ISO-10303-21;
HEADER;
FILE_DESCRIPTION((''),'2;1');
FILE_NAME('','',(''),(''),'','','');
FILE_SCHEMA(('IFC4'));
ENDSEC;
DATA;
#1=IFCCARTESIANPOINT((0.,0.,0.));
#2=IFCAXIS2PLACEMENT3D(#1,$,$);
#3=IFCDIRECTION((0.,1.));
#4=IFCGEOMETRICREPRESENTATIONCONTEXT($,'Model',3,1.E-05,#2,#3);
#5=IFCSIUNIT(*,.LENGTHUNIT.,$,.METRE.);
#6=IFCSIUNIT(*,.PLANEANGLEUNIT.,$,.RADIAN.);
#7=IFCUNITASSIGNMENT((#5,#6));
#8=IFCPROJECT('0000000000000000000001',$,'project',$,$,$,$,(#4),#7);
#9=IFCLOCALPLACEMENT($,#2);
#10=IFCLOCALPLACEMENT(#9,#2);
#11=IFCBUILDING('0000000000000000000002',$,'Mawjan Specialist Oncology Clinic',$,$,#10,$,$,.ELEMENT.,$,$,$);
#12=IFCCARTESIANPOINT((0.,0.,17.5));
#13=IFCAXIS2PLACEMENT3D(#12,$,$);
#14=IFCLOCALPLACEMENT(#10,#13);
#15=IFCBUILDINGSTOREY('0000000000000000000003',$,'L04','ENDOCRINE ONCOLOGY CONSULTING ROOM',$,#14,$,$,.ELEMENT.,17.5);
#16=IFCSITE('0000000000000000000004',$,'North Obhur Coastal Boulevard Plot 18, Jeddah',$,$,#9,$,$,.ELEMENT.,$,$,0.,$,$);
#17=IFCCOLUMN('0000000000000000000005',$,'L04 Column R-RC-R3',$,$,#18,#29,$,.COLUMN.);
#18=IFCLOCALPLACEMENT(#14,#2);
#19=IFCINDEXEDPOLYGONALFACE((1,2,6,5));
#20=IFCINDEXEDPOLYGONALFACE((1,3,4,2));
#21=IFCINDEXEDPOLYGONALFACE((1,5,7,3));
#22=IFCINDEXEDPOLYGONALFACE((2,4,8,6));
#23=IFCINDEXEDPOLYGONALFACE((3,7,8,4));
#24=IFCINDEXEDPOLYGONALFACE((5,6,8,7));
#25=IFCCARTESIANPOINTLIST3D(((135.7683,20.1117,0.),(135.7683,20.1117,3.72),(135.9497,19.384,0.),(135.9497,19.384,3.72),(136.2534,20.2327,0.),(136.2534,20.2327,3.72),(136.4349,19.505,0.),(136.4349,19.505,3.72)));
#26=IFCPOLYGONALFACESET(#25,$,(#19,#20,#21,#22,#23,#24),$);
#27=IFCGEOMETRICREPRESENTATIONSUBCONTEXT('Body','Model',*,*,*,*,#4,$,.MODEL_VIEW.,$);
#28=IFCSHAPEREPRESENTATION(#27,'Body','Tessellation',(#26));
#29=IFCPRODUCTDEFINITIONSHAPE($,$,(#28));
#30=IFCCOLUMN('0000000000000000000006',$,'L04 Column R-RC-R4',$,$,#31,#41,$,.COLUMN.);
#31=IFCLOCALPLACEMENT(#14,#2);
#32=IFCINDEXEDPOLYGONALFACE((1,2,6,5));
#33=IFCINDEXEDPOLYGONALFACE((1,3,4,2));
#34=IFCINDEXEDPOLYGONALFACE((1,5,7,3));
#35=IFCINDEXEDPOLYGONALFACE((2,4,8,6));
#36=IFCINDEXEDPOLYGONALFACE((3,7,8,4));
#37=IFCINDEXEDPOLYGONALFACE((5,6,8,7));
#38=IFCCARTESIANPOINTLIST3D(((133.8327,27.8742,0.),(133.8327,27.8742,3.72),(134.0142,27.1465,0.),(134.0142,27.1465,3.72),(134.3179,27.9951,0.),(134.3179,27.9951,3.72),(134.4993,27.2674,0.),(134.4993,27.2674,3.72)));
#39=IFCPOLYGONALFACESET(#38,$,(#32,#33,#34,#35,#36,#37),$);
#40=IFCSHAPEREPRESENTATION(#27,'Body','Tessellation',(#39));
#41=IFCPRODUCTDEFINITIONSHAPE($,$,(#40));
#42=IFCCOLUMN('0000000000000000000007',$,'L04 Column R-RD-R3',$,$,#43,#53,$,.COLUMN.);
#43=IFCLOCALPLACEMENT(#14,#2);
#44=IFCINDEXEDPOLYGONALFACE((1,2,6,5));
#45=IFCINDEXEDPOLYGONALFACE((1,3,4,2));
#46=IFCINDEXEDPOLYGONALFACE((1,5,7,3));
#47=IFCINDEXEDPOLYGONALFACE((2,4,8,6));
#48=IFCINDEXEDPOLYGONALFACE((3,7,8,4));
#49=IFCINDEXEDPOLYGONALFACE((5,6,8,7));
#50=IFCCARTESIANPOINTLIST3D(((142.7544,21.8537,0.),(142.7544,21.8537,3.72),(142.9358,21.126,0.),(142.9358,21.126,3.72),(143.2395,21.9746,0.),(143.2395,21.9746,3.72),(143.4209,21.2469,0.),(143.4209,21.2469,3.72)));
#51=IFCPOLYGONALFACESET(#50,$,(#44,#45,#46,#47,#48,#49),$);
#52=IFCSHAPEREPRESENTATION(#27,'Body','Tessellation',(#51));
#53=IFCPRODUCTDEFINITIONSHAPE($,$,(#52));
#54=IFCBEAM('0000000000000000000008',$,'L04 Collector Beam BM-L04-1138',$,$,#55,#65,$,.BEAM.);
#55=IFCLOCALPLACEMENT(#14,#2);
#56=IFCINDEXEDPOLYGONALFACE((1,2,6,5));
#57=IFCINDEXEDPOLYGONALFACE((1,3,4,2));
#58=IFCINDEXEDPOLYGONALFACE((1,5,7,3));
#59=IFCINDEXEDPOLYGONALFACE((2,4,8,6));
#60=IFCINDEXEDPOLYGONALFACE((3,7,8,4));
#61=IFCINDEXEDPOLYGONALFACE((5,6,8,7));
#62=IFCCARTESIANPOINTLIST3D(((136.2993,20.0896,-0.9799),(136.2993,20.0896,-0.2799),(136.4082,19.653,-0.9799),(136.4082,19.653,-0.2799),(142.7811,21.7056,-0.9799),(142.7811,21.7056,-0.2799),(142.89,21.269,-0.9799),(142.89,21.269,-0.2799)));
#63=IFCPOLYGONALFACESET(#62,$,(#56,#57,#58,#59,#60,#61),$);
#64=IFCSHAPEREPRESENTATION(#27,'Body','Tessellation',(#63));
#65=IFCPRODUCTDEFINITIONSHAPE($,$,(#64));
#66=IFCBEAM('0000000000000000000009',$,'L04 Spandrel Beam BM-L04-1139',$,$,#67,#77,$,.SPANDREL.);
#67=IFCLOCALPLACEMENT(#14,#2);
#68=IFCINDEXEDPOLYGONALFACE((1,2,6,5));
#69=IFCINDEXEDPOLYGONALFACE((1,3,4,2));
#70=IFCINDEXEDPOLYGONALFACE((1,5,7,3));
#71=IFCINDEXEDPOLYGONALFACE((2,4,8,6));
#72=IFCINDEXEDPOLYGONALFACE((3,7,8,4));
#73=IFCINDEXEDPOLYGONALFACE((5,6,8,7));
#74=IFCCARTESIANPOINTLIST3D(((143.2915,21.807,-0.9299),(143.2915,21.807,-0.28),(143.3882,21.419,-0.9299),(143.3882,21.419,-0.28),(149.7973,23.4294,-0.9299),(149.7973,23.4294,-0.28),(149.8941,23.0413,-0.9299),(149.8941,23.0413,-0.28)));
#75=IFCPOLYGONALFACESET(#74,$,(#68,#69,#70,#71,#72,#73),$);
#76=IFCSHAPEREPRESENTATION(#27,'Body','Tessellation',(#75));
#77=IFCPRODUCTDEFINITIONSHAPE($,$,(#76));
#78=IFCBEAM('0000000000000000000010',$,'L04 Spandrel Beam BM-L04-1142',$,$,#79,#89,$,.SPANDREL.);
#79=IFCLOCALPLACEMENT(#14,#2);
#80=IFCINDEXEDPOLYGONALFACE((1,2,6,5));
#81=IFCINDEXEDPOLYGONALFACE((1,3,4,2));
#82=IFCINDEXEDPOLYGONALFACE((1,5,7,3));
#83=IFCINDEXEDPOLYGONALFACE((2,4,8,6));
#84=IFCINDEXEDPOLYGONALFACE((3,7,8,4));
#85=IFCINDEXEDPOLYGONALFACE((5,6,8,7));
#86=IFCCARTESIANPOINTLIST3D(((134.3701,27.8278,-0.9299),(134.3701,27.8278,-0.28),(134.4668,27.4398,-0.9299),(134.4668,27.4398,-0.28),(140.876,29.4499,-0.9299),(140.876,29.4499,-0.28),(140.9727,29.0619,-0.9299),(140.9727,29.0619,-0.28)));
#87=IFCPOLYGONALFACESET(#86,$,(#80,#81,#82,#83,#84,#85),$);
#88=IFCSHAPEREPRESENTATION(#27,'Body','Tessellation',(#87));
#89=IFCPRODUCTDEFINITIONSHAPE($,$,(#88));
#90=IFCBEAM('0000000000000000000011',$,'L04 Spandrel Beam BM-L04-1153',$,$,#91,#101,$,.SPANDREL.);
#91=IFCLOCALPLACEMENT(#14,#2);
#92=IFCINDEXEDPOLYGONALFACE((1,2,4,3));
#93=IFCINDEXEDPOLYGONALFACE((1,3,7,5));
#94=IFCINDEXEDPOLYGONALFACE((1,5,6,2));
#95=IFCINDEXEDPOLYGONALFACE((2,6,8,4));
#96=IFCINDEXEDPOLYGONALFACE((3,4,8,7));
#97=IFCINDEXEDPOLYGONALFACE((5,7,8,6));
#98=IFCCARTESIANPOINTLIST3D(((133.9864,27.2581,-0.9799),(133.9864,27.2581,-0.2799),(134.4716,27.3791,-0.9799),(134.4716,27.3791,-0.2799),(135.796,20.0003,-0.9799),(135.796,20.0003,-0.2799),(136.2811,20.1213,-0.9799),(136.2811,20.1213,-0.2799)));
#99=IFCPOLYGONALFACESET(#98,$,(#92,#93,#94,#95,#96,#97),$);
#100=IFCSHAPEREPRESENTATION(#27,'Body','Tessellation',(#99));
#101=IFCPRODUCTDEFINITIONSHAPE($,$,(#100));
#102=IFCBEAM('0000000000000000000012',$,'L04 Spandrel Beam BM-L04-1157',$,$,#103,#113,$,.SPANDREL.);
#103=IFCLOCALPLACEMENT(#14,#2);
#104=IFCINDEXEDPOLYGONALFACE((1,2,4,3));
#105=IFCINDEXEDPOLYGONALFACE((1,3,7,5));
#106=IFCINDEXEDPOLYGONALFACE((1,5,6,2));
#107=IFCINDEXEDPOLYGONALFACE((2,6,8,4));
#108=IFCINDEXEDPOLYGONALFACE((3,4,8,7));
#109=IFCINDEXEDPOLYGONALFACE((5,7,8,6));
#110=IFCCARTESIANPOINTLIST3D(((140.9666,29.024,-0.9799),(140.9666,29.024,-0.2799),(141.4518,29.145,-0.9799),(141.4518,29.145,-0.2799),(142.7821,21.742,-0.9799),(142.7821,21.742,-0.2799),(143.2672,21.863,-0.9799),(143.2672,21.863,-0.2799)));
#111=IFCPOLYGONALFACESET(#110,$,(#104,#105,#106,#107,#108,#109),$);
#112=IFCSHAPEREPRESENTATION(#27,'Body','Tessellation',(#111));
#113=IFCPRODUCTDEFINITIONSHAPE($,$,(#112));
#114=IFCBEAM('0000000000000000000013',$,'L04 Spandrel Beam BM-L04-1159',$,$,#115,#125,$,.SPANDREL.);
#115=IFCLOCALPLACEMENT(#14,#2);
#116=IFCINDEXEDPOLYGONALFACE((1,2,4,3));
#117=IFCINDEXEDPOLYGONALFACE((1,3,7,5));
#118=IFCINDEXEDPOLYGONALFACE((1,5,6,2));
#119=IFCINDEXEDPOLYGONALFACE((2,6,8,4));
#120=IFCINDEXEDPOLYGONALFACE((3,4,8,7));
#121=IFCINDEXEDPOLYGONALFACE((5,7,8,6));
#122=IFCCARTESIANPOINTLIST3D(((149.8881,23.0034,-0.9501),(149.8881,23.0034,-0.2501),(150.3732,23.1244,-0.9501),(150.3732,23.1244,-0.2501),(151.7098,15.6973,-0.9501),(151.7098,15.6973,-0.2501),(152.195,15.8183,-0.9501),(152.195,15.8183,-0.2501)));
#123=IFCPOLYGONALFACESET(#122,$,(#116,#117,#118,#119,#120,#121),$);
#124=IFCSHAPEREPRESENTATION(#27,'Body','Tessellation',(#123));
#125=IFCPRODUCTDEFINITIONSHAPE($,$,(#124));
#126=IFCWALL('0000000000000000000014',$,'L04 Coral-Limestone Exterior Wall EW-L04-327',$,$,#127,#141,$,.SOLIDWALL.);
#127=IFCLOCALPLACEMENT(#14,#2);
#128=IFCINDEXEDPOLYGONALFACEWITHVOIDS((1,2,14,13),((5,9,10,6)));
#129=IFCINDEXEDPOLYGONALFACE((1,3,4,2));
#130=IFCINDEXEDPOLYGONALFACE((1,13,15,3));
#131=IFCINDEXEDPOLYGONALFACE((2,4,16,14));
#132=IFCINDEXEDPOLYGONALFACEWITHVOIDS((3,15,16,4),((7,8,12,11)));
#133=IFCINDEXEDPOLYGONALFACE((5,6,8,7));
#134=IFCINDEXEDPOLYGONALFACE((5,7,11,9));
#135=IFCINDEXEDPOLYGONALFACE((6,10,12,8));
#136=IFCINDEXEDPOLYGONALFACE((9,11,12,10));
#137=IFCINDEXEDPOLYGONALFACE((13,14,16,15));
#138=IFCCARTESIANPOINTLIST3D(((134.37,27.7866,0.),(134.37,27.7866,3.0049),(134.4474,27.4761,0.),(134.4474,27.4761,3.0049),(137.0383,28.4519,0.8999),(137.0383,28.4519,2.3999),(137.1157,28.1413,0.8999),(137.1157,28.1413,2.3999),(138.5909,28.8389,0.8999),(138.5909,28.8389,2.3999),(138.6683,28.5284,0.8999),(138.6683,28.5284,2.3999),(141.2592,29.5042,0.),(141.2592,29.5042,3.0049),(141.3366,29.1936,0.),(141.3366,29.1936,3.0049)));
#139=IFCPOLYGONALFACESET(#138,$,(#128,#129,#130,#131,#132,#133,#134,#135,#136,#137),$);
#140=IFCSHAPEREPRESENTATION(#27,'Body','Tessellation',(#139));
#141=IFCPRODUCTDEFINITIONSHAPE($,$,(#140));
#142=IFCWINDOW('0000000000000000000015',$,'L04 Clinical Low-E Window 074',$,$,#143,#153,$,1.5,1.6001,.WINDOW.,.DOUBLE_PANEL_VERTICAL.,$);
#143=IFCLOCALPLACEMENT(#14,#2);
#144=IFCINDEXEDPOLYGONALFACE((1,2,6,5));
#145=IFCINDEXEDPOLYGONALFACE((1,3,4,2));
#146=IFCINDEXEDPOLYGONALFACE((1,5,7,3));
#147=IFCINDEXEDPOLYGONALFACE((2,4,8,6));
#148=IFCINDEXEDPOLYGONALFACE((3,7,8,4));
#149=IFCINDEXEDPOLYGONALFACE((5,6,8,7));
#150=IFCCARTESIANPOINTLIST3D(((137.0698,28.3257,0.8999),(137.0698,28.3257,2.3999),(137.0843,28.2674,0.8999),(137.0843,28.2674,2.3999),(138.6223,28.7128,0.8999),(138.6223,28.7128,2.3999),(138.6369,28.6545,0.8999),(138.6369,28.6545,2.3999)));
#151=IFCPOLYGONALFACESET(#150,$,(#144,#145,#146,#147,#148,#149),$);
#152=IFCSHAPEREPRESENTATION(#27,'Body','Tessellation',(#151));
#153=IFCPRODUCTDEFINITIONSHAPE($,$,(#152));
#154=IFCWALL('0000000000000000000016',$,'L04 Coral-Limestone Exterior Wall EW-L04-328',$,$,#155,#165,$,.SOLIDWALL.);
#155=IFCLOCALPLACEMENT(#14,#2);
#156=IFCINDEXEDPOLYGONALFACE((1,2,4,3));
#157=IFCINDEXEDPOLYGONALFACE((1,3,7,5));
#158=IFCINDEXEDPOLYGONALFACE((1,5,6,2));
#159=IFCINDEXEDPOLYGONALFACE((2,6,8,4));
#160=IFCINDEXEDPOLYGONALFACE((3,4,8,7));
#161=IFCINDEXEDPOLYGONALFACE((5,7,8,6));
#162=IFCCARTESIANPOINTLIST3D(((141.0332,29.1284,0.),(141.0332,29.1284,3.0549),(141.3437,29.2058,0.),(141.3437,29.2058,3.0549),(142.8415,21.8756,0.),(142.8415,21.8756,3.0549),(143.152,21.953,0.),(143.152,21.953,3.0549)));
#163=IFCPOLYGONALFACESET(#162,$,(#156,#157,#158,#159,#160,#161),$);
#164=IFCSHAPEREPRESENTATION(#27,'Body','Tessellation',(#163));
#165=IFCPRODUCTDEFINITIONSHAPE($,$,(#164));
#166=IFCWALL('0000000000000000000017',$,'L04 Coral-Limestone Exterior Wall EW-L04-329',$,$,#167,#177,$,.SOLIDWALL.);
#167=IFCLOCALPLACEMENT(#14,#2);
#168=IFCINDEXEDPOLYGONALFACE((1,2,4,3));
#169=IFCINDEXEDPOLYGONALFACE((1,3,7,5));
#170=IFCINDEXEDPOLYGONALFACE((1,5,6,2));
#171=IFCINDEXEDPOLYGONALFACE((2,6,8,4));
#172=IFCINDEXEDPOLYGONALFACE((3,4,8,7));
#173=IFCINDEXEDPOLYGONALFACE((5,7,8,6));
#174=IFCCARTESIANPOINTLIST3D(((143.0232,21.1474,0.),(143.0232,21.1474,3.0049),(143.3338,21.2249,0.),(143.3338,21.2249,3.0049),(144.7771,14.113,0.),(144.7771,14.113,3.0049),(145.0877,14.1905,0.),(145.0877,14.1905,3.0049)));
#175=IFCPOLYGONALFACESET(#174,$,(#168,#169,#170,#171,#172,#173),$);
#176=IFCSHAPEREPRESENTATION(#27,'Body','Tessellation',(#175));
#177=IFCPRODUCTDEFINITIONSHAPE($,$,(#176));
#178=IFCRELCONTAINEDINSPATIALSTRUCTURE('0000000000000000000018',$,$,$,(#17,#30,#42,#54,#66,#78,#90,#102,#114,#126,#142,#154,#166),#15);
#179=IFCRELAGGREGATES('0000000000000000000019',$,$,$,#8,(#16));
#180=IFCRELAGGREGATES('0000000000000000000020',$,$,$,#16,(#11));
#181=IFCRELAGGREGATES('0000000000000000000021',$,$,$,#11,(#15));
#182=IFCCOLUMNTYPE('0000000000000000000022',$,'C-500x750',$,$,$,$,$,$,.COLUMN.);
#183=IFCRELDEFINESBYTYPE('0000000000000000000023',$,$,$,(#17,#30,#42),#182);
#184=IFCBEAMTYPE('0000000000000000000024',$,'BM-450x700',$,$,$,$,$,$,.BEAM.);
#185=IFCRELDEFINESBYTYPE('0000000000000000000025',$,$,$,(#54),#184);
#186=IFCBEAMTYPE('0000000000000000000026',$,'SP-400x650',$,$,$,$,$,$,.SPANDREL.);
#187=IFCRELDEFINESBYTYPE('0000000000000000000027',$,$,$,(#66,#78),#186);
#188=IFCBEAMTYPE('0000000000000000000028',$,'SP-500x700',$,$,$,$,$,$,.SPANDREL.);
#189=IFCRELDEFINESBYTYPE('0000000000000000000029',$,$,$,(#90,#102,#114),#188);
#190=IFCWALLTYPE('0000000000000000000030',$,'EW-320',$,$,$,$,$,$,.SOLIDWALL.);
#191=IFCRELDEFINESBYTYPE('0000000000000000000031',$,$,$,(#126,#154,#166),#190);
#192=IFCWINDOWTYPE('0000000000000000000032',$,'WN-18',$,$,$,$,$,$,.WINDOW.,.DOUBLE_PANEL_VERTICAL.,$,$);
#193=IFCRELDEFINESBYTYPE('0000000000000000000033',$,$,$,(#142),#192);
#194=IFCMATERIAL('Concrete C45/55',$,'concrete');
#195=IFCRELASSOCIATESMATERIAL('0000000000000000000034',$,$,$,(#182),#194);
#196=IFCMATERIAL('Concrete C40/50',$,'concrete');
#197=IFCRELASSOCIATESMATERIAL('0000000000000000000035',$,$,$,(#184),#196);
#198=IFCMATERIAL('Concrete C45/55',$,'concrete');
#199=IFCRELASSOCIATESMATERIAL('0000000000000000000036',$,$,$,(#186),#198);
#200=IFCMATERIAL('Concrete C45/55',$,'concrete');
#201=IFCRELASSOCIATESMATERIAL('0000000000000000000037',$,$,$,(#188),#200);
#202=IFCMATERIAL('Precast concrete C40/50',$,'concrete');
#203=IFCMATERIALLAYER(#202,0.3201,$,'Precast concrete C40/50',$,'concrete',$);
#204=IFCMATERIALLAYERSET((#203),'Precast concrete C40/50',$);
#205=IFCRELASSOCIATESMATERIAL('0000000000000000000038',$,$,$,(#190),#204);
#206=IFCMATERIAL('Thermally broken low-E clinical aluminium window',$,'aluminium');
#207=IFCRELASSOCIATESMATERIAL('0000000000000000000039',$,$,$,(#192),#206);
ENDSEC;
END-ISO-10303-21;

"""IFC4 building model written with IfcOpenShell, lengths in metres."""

from ifc_helpers import new_model, si_unit, direction, frame, frame_2d, origin, origin_2d, place, context, subcontext, project, spatial, rectangle, extrude, material, layer, layer_set, material_profile, profile_set, type_object, element, fill, save


model = new_model("IFC4")

# Units and contexts
model_context = context("Model", 3, precision=1e-05, world=origin(), true_north=direction((0.0, 1.0)))
body_context = subcontext(model_context, "Body", "Model", "MODEL_VIEW")
ifc_project = project(units=[si_unit("LENGTHUNIT", "METRE"), si_unit("PLANEANGLEUNIT", "RADIAN")], contexts=[model_context])

# Site, building, storey
site_placement = place(None, origin())
site = spatial("IfcSite", under=ifc_project, at=site_placement, Name="North Obhur Coastal Boulevard Plot 18, Jeddah", CompositionType="ELEMENT", RefElevation=0.0)
building_placement = place(site_placement, origin())
building = spatial("IfcBuilding", under=site, at=building_placement, Name="Mawjan Specialist Oncology Clinic", CompositionType="ELEMENT")
storey_placement = place(building_placement, frame((0.0, 0.0, 17.5)))
storey = spatial("IfcBuildingStorey", under=building, at=storey_placement, Name="L04", Description="ENDOCRINE ONCOLOGY CONSULTING ROOM", CompositionType="ELEMENT", Elevation=17.5)

# Columns
ifc_material_1 = material(Name="Concrete C45/55", Category="concrete")
ifc_material_profile_1 = material_profile(ifc_material_1, rectangle(XDim=0.5, YDim=0.75, at=origin_2d()), Name="RC COL 500x750", Category="concrete")
ifc_profile_set_1 = profile_set([ifc_material_profile_1], Name="Concrete C45/55")
column_type = type_object("IfcColumnType", Name="C-500x750", PredefinedType="COLUMN", material=ifc_profile_set_1)
for number, where, z_axis, x_axis, name in (
    (1, (136.1016, 19.8083, 0.0), (0.0, 0.0, 1.0), (0.970296, 0.241922, 0.0), "L04 Column R-RC-R3"),
    (2, (134.166, 27.5708, 0.0), (0.0, 0.0, 1.0), (0.970296, 0.241922, 0.0), "L04 Column R-RC-R4"),
    (3, (143.0876, 21.5503, 0.0), (0.0, 0.0, 1.0), (0.970296, 0.241922, 0.0), "L04 Column R-RD-R3"),
):
    element("IfcColumn", number, at=place(storey_placement, frame(where, z_axis=z_axis, x_axis=x_axis)), inside=storey, type_object=column_type, Name=name, PredefinedType="COLUMN", context=body_context, shape_type="SweptSolid", body=[
        extrude(rectangle(XDim=0.5, YDim=0.75, at=origin_2d()), origin(), (0.0, 0.0, 1.0), 3.72),
    ])

# Beams
ifc_material_2 = material(Name="Concrete C40/50", Category="concrete")
ifc_material_profile_2 = material_profile(ifc_material_2, rectangle(XDim=0.45, YDim=0.7, at=origin_2d()), Name="RC BM 450x700", Category="concrete")
ifc_profile_set_2 = profile_set([ifc_material_profile_2], Name="Concrete C40/50")
beam_type_1 = type_object("IfcBeamType", Name="BM-450x700", PredefinedType="BEAM", material=ifc_profile_set_2)
beam_1_placement = place(storey_placement, frame((136.3538, 19.8713, -0.6299), z_axis=(0.970299, 0.241908, 0.0), x_axis=(-0.241908, 0.970299, 0.0)))
element("IfcBeam", 4, at=beam_1_placement, inside=storey, type_object=beam_type_1, Name="L04 Collector Beam BM-L04-1138", PredefinedType="BEAM", context=body_context, shape_type="SweptSolid", body=[
    extrude(rectangle(XDim=0.45, YDim=0.7, at=origin_2d()), origin(), (0.0, 0.0, 1.0), 6.6802),
])
ifc_material_3 = material(Name="Concrete C45/55", Category="concrete")
ifc_material_profile_3 = material_profile(ifc_material_3, rectangle(XDim=0.3999, YDim=0.6499, at=origin_2d()), Name="RC BM 400x650", Category="concrete")
ifc_profile_set_3 = profile_set([ifc_material_profile_3], Name="Concrete C45/55")
beam_type_2 = type_object("IfcBeamType", Name="SP-400x650", PredefinedType="SPANDREL", material=ifc_profile_set_3)
for number, where, z_axis, x_axis, name in (
    (5, (143.3398, 21.613, -0.605), (0.970288, 0.241953, 0.0), (-0.241953, 0.970288, 0.0), "L04 Spandrel Beam BM-L04-1139"),
    (6, (134.4185, 27.6338, -0.605), (0.970297, 0.241919, 0.0), (-0.241919, 0.970297, 0.0), "L04 Spandrel Beam BM-L04-1142"),
):
    element("IfcBeam", number, at=place(storey_placement, frame(where, z_axis=z_axis, x_axis=x_axis)), inside=storey, type_object=beam_type_2, Name=name, PredefinedType="SPANDREL", context=body_context, shape_type="SweptSolid", body=[
        extrude(rectangle(XDim=0.3999, YDim=0.6499, at=origin_2d()), origin(), (0.0, 0.0, 1.0), 6.7051),
    ])
ifc_material_4 = material(Name="Concrete C45/55", Category="concrete")
ifc_material_profile_4 = material_profile(ifc_material_4, rectangle(XDim=0.5, YDim=0.7, at=origin_2d()), Name="RC BM 500x700", Category="concrete")
ifc_profile_set_4 = profile_set([ifc_material_profile_4], Name="Concrete C45/55")
beam_type_3 = type_object("IfcBeamType", Name="SP-500x700", PredefinedType="SPANDREL", material=ifc_profile_set_4)
beam_2_placement = place(storey_placement, frame((136.0386, 20.0608, -0.6299), z_axis=(-0.241921, 0.970296, 0.0), x_axis=(-0.970296, -0.241921, 0.0)))
element("IfcBeam", 7, at=beam_2_placement, inside=storey, type_object=beam_type_3, Name="L04 Spandrel Beam BM-L04-1153", PredefinedType="SPANDREL", context=body_context, shape_type="SweptSolid", body=[
    extrude(rectangle(XDim=0.5, YDim=0.7, at=origin_2d()), origin(), (0.0, 0.0, 1.0), 7.48),
])
beam_3_placement = place(storey_placement, frame((143.0247, 21.8025, -0.6299), z_axis=(-0.2419, 0.970301, 0.0), x_axis=(-0.970301, -0.2419, 0.0)))
element("IfcBeam", 8, at=beam_3_placement, inside=storey, type_object=beam_type_3, Name="L04 Spandrel Beam BM-L04-1157", PredefinedType="SPANDREL", context=body_context, shape_type="SweptSolid", body=[
    extrude(rectangle(XDim=0.5, YDim=0.7, at=origin_2d()), origin(), (0.0, 0.0, 1.0), 7.5049),
])
beam_4_placement = place(storey_placement, frame((151.9524, 15.7578, -0.6001), z_axis=(-0.241941, 0.970291, 0.0), x_axis=(-0.970291, -0.241941, 0.0)))
element("IfcBeam", 9, at=beam_4_placement, inside=storey, type_object=beam_type_3, Name="L04 Spandrel Beam BM-L04-1159", PredefinedType="SPANDREL", context=body_context, shape_type="SweptSolid", body=[
    extrude(rectangle(XDim=0.5, YDim=0.7, at=origin_2d()), origin(), (0.0, 0.0, 1.0), 7.5298),
])

# Wall, opening, window
ifc_material_5 = material(Name="Precast concrete C40/50", Category="concrete")
ifc_layer_1 = layer(ifc_material_5, 0.3201, Name="Precast concrete C40/50", Category="concrete")
ifc_layer_set_1 = layer_set([ifc_layer_1], Name="Precast concrete C40/50")
wall_type_1 = type_object("IfcWallType", Name="EW-320", PredefinedType="SOLIDWALL", material=ifc_layer_set_1)
wall_1_placement = place(storey_placement, frame((134.4087, 27.6313, 0.0), z_axis=(0.0, 0.0, 1.0), x_axis=(0.9703, 0.241904, 0.0)))
wall_1 = element("IfcWall", 10, at=wall_1_placement, inside=storey, type_object=wall_type_1, Name="L04 Coral-Limestone Exterior Wall EW-L04-327", PredefinedType="SOLIDWALL", context=body_context, shape_type="SweptSolid", body=[
    extrude(rectangle(XDim=7.1001, YDim=0.3201, at=frame_2d((3.55, 0.0))), origin(), (0.0, 0.0, 1.0), 3.0049),
])
opening_1_placement = place(wall_1_placement, frame((2.75, 0.0, 0.8999)))
opening_1 = element("IfcOpeningElement", 11, at=opening_1_placement, cuts=wall_1, PredefinedType="OPENING", context=body_context, shape_type="SweptSolid", body=[
    extrude(rectangle(XDim=1.6001, YDim=1.5, at=frame_2d((0.8, 0.75))), frame((0.0, 0.1721, 0.0), z_axis=(0.0, -1.0, 0.0), x_axis=(1.0, 0.0, 0.0)), (0.0, 0.0, 1.0), 0.344),
])
ifc_material_6 = material(Name="Thermally broken low-E clinical aluminium window", Category="aluminium")
window_type = type_object("IfcWindowType", Name="WN-18", PartitioningType="DOUBLE_PANEL_VERTICAL", PredefinedType="WINDOW", material=ifc_material_6)
window_placement = place(opening_1_placement, origin())
window = element("IfcWindow", 12, at=window_placement, inside=storey, type_object=window_type, Name="L04 Clinical Low-E Window 074", OverallHeight=1.5, OverallWidth=1.6001, PartitioningType="DOUBLE_PANEL_VERTICAL", PredefinedType="WINDOW", context=body_context, shape_type="SweptSolid", body=[
    extrude(rectangle(XDim=1.6001, YDim=1.5, at=frame_2d((0.8, 0.75))), frame((0.0, 0.03, 0.0), z_axis=(0.0, -1.0, 0.0), x_axis=(1.0, 0.0, 0.0)), (0.0, 0.0, 1.0), 0.0601),
])
fill(opening_1, window)

# Walls
wall_2_placement = place(storey_placement, frame((141.1885, 29.167, 0.0), z_axis=(0.0, 0.0, 1.0), x_axis=(0.241921, -0.970296, 0.0)))
element("IfcWall", 13, at=wall_2_placement, inside=storey, type_object=wall_type_1, Name="L04 Coral-Limestone Exterior Wall EW-L04-328", PredefinedType="SOLIDWALL", context=body_context, shape_type="SweptSolid", body=[
    extrude(rectangle(XDim=7.4749, YDim=0.3201, at=frame_2d((3.7373, 0.0))), origin(), (0.0, 0.0, 1.0), 3.0549),
])
wall_3_placement = place(storey_placement, frame((143.1785, 21.1863, 0.0), z_axis=(0.0, 0.0, 1.0), x_axis=(0.241925, -0.970295, 0.0)))
element("IfcWall", 14, at=wall_3_placement, inside=storey, type_object=wall_type_1, Name="L04 Coral-Limestone Exterior Wall EW-L04-329", PredefinedType="SOLIDWALL", context=body_context, shape_type="SweptSolid", body=[
    extrude(rectangle(XDim=7.2498, YDim=0.3201, at=frame_2d((3.625, 0.0))), origin(), (0.0, 0.0, 1.0), 3.0049),
])

save(model, "model.ifc")
